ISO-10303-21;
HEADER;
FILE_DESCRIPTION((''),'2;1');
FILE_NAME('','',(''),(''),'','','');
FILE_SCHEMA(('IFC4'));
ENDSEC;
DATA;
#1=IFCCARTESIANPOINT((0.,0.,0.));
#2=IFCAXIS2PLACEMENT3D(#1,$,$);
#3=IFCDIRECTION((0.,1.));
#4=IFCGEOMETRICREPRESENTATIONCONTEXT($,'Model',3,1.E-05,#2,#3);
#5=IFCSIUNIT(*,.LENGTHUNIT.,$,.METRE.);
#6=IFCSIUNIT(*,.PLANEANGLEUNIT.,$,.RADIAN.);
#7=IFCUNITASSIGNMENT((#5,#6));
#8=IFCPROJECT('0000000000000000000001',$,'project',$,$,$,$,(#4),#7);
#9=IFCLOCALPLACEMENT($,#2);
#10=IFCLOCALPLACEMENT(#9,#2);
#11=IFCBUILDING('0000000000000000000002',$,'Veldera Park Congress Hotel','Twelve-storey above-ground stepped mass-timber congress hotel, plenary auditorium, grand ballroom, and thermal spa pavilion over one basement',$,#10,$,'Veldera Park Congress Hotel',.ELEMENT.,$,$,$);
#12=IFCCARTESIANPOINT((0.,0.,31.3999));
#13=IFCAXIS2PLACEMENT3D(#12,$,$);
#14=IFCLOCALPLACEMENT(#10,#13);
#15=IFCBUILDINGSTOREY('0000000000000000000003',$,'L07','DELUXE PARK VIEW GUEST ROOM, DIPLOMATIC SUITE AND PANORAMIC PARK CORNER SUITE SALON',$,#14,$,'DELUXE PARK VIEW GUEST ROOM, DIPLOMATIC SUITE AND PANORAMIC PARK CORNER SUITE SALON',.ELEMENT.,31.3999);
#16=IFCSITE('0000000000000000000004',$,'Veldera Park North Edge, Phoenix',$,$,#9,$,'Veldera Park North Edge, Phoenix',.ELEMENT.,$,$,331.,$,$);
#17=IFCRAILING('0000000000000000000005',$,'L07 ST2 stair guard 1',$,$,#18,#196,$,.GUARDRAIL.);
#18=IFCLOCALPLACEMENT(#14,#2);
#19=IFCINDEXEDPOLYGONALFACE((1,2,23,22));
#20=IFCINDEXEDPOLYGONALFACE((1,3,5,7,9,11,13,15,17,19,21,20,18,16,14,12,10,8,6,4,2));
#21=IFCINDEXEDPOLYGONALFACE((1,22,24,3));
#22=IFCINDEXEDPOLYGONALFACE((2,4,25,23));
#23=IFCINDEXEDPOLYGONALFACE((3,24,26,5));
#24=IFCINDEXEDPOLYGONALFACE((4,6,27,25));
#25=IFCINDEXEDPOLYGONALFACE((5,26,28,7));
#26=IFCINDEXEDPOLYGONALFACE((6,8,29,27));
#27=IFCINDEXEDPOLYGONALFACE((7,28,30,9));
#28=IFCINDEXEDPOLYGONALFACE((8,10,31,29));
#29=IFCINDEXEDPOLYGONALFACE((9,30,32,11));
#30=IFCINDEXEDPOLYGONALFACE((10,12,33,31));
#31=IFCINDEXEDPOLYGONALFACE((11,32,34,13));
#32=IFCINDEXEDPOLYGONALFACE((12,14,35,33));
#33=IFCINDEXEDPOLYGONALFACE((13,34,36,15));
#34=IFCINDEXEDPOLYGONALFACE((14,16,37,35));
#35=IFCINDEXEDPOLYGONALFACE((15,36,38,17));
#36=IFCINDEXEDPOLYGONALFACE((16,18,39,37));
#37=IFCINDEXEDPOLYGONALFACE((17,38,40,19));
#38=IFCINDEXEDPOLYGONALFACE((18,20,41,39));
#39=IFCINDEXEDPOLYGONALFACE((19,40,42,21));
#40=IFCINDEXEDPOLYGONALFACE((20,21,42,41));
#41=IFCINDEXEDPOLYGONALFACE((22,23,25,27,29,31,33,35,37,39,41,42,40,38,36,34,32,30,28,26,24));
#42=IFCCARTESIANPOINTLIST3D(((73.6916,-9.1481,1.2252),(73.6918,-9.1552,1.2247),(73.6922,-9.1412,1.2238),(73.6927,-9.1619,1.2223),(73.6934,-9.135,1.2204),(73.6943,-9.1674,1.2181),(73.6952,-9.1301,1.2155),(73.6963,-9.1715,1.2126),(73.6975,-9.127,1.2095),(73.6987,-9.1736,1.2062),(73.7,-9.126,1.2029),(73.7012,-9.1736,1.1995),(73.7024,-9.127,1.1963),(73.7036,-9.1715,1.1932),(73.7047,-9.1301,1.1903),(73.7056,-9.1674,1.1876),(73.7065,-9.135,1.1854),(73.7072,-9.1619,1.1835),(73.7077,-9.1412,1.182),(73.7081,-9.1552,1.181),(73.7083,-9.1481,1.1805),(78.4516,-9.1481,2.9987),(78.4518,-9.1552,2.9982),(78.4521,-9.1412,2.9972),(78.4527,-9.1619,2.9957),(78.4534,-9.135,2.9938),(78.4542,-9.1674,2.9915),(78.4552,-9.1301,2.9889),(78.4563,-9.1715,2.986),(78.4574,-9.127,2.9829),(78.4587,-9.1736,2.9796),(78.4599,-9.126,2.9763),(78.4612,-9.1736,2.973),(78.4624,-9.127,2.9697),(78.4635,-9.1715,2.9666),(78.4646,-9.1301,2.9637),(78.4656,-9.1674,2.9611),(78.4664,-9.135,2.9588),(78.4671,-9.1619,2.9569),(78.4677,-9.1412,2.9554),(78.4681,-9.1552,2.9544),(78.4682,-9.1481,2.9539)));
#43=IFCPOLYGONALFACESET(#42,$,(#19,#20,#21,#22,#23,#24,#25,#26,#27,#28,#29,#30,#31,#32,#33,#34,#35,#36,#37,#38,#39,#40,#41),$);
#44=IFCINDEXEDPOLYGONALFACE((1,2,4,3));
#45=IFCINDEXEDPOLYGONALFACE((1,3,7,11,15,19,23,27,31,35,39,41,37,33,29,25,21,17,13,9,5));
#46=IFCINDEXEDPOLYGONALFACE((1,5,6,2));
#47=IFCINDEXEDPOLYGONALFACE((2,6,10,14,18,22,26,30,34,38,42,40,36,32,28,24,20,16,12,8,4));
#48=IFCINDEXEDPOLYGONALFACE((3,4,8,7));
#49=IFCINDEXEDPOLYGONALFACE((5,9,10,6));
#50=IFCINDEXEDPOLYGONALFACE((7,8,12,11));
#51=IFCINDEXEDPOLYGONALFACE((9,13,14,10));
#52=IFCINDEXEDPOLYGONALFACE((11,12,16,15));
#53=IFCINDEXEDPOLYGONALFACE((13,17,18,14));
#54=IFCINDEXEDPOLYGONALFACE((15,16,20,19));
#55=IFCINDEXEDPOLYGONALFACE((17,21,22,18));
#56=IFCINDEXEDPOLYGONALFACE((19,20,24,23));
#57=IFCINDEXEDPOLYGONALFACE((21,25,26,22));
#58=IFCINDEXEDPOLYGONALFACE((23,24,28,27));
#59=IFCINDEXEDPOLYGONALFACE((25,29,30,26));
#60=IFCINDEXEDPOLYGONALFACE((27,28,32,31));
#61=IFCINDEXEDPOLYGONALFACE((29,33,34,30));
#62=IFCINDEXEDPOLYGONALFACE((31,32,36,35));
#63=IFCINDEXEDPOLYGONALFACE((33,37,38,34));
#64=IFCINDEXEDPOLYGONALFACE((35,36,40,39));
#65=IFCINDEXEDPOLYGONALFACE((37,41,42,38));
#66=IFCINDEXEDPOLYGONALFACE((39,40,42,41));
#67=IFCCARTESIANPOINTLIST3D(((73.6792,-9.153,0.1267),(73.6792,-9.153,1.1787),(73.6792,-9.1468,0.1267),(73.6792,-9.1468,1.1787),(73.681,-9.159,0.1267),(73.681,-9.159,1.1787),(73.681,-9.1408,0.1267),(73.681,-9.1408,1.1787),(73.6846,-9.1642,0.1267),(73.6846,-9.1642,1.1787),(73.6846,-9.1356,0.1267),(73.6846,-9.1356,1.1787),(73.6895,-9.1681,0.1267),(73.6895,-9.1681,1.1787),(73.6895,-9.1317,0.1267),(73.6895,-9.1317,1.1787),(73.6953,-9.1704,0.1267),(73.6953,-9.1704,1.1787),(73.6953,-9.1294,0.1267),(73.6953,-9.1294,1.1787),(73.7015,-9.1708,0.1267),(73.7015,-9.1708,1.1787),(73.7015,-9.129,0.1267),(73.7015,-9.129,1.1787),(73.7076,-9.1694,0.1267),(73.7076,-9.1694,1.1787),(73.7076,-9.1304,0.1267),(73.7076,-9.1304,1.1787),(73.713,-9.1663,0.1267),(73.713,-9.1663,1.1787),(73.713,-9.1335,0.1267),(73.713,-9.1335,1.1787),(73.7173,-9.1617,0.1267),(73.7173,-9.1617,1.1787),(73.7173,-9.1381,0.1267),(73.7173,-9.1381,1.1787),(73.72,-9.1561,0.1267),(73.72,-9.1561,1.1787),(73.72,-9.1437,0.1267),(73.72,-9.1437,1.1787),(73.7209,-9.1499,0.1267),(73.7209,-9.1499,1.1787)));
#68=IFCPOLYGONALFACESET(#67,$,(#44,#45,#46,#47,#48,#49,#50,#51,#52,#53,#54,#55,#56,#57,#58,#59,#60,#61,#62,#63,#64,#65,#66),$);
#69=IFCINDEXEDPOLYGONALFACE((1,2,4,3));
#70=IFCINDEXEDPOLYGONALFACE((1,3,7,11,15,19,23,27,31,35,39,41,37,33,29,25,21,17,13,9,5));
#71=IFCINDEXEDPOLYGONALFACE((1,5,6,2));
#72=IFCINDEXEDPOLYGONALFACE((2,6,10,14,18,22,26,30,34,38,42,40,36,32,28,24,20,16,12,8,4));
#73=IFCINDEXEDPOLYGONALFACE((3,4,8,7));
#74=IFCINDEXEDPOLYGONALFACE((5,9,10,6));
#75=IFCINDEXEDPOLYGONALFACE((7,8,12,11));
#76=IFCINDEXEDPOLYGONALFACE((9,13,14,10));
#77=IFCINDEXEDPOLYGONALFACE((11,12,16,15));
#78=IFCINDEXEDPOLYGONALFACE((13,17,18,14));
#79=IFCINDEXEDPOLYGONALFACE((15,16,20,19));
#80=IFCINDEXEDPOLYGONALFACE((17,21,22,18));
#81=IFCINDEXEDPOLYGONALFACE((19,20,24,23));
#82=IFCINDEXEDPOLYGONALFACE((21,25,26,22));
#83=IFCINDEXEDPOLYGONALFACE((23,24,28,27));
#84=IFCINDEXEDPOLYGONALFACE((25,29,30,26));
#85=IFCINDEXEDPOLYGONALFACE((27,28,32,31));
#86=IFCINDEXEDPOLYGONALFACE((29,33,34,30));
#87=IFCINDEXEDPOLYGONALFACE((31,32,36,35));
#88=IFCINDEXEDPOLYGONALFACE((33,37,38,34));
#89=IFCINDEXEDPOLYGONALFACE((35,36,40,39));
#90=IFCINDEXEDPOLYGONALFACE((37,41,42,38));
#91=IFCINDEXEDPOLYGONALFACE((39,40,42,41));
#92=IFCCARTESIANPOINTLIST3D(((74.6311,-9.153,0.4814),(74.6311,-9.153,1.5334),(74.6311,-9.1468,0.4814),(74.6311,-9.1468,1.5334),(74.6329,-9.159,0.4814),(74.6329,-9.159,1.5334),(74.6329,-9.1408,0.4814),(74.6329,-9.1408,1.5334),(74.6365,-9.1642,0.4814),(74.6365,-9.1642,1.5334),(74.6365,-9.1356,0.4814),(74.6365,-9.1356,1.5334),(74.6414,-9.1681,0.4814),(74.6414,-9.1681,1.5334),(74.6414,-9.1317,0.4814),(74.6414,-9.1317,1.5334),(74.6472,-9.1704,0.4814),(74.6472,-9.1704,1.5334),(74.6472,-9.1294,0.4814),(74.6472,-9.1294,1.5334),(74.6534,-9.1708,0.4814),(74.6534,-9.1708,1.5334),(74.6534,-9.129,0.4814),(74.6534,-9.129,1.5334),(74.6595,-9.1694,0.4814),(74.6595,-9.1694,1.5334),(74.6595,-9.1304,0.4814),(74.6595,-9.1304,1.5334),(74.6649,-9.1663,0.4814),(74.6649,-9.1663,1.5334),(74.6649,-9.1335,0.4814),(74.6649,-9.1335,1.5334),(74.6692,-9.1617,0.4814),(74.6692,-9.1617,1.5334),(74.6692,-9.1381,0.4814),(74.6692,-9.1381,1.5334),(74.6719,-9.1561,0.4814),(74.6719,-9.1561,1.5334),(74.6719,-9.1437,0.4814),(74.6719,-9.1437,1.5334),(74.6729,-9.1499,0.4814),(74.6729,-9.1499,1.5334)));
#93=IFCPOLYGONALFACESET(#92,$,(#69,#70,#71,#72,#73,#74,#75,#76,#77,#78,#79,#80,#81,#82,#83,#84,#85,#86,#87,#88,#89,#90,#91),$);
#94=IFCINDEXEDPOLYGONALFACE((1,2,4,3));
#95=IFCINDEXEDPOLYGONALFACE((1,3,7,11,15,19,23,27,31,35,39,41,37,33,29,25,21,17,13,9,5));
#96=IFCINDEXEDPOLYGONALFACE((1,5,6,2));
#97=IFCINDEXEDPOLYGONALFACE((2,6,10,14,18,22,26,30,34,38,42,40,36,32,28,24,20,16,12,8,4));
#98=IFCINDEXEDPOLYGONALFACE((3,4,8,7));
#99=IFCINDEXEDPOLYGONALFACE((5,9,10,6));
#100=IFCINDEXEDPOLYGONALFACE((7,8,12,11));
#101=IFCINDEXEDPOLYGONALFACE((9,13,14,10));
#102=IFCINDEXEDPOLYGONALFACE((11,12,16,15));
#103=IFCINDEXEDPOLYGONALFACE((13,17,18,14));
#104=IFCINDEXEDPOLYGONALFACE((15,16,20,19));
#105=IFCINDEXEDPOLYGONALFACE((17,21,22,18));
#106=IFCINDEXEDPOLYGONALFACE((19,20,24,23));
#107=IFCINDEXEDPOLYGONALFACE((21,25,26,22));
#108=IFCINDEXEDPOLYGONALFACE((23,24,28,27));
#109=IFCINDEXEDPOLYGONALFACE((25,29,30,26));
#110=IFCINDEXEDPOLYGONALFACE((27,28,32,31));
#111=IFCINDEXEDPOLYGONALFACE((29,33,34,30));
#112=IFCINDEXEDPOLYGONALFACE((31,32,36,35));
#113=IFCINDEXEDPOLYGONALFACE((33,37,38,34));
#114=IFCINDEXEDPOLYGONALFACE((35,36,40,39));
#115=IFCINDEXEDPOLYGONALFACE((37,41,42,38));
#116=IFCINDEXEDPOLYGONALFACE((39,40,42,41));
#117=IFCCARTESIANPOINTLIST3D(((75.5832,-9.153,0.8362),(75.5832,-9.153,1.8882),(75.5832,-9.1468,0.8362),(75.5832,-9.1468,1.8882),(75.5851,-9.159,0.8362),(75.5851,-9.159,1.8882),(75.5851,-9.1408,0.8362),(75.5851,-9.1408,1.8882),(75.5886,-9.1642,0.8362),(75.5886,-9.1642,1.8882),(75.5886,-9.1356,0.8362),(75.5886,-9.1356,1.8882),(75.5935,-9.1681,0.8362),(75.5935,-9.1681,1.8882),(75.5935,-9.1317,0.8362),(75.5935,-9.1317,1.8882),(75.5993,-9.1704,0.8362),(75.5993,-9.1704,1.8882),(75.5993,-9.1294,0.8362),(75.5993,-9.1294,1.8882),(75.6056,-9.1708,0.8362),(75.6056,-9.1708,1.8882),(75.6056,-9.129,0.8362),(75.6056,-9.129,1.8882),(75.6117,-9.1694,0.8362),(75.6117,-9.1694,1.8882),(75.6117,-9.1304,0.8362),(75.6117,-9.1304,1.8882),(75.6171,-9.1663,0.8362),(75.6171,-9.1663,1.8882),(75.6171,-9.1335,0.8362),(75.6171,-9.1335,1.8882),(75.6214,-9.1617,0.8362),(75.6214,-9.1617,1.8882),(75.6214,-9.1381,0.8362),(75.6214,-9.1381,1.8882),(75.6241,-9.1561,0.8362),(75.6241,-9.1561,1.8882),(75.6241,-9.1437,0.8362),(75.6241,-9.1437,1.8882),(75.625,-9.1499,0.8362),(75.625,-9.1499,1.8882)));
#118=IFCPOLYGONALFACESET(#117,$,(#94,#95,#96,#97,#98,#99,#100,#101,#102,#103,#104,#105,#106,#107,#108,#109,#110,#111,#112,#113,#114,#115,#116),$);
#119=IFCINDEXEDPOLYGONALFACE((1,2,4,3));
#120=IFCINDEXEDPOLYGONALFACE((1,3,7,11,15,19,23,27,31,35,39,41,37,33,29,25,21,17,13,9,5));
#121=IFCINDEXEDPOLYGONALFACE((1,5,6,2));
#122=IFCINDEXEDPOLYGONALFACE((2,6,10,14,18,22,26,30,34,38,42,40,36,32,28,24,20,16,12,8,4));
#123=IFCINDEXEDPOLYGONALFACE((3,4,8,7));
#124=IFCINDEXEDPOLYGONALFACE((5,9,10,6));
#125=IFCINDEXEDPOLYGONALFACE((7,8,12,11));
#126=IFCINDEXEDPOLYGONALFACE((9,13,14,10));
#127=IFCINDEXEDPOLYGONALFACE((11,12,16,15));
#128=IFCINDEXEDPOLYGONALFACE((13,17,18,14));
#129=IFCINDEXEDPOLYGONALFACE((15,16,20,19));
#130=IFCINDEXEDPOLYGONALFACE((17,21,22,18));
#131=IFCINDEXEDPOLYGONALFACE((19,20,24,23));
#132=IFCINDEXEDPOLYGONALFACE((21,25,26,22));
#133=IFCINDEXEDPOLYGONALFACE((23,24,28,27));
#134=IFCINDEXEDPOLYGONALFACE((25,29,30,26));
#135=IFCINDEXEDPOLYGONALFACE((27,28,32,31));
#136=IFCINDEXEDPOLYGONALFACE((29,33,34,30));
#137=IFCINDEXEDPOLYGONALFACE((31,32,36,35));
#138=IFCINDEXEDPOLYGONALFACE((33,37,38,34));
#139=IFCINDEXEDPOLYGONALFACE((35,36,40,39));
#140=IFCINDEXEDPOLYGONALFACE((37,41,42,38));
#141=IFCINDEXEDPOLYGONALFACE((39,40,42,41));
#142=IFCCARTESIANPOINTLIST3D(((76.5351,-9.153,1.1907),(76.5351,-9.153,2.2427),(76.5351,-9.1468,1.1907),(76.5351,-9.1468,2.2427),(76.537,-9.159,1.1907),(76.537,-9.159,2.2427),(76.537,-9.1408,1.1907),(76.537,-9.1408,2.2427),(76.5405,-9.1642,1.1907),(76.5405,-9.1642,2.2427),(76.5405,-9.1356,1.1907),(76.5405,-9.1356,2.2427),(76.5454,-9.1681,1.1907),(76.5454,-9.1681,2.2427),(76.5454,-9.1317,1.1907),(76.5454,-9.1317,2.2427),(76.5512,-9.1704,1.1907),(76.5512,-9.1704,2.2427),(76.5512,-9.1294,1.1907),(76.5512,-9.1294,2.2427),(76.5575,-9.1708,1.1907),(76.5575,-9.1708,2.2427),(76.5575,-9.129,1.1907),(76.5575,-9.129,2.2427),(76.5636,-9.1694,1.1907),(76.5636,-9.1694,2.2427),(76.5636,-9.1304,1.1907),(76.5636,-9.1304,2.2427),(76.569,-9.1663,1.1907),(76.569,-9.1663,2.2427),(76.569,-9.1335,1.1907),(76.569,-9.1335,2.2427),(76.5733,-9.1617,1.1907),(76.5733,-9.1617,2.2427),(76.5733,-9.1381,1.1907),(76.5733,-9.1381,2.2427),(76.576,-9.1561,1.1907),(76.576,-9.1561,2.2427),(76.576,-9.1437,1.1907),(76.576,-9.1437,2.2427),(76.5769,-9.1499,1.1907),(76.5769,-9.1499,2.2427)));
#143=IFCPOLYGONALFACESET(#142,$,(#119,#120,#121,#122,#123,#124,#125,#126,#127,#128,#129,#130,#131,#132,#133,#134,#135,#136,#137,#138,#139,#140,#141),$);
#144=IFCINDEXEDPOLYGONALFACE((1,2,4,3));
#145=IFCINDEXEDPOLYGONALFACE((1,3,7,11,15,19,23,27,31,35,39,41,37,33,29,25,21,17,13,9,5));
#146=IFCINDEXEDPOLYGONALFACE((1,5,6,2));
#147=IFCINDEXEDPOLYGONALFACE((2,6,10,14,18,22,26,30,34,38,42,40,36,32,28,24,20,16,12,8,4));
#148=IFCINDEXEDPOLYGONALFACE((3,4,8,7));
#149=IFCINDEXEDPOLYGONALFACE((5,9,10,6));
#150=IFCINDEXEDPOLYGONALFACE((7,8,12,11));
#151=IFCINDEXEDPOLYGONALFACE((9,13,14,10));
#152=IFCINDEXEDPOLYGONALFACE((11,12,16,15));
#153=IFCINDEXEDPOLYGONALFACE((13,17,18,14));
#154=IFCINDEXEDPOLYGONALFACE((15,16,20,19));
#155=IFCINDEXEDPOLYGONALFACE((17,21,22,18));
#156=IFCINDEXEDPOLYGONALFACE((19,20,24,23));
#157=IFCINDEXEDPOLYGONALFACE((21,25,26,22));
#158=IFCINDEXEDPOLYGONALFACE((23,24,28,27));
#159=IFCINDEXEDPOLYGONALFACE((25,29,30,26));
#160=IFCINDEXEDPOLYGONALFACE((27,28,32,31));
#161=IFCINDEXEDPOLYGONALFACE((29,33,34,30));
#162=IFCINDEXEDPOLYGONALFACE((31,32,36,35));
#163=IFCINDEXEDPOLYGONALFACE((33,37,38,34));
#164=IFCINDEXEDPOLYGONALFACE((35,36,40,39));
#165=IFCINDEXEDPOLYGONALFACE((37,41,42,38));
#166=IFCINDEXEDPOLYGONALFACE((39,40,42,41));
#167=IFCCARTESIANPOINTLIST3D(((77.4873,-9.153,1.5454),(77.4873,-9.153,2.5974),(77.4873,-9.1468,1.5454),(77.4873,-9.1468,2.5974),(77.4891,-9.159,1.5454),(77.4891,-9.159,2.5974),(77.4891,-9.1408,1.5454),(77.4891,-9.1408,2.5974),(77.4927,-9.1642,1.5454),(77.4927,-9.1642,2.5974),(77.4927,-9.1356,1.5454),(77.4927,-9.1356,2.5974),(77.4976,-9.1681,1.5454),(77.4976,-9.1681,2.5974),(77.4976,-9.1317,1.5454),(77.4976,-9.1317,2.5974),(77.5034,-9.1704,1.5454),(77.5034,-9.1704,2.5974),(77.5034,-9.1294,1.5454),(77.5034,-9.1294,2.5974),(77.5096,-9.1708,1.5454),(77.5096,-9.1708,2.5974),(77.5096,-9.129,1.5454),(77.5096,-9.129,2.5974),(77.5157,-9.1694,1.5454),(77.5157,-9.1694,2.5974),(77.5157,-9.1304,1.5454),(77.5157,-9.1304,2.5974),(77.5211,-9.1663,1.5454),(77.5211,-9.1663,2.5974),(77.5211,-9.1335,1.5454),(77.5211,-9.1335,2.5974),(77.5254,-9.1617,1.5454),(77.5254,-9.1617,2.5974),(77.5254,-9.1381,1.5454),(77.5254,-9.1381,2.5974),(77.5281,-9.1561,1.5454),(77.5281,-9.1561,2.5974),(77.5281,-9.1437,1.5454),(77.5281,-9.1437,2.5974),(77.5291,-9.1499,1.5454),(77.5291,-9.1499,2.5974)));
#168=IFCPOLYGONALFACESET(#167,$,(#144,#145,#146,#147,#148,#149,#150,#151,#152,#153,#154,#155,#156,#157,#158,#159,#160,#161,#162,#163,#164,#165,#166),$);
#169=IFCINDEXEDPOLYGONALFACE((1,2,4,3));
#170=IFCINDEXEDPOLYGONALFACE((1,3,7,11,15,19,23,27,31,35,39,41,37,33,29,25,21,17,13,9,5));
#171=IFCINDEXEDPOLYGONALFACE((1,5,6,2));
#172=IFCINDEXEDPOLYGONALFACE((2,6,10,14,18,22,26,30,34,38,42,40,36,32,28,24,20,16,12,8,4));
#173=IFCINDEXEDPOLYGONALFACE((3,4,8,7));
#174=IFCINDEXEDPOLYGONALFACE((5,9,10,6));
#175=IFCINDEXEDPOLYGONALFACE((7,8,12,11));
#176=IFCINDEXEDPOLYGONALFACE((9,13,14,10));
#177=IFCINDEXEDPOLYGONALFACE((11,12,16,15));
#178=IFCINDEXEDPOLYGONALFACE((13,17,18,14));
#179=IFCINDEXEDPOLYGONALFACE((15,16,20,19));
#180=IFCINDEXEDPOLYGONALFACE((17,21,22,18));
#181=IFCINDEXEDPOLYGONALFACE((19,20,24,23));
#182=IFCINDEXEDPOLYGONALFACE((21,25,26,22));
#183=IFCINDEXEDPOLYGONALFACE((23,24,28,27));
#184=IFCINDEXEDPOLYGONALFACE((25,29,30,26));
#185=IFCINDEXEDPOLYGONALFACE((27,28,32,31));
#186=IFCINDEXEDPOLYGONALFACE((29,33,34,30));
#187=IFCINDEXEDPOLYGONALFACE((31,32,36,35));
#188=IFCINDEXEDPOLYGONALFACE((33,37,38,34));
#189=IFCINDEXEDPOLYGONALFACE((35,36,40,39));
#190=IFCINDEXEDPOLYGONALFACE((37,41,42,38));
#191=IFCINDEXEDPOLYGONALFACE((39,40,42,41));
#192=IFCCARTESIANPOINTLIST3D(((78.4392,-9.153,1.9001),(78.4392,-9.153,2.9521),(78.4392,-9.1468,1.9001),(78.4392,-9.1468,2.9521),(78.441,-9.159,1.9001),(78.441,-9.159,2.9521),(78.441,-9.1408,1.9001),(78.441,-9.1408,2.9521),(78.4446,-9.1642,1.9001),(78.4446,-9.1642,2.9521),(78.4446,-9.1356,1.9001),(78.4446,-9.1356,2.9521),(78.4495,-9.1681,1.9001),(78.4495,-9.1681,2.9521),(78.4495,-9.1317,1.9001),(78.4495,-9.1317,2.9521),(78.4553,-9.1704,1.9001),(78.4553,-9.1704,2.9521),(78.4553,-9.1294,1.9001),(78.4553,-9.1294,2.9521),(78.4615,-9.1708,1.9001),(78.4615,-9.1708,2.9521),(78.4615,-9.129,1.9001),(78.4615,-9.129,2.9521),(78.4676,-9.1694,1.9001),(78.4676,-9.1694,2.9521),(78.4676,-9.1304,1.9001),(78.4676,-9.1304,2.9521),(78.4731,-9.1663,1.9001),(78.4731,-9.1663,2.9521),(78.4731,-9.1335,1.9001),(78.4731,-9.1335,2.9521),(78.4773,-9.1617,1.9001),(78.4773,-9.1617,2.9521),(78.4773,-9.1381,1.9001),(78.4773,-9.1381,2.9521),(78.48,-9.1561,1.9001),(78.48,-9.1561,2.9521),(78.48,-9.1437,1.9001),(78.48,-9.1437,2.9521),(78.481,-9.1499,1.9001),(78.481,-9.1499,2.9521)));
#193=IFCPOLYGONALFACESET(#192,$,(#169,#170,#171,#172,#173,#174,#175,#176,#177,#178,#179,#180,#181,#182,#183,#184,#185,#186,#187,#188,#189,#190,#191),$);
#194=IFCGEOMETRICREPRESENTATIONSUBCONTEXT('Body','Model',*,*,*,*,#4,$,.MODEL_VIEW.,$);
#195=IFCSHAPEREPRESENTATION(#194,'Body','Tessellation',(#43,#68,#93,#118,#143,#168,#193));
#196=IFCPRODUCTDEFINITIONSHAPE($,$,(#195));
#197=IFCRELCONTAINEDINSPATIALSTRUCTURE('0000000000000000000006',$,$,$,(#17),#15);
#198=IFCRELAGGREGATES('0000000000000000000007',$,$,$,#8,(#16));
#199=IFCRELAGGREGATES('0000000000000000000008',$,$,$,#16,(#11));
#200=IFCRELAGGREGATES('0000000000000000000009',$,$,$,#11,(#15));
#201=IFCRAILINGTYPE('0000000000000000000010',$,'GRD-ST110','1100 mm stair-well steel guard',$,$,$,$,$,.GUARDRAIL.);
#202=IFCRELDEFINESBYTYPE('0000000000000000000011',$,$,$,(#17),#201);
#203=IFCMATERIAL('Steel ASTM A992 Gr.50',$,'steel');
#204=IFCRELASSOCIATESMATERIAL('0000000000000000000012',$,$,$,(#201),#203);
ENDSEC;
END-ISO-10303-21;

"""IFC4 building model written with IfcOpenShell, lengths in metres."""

from ifc_helpers import new_model, si_unit, direction, frame, origin, origin_2d, place, context, subcontext, project, spatial, circle, extrude, material, type_object, element, save


model = new_model("IFC4")

# Units and contexts
model_context = context("Model", 3, precision=1e-05, world=origin(), true_north=direction((0.0, 1.0)))
body_context = subcontext(model_context, "Body", "Model", "MODEL_VIEW")
ifc_project = project(units=[si_unit("LENGTHUNIT", "METRE"), si_unit("PLANEANGLEUNIT", "RADIAN")], contexts=[model_context])

# Site, building, storey
site_placement = place(None, origin())
site = spatial("IfcSite", under=ifc_project, at=site_placement, Name="Veldera Park North Edge, Phoenix", LongName="Veldera Park North Edge, Phoenix", CompositionType="ELEMENT", RefElevation=331.0)
building_placement = place(site_placement, origin())
building = spatial("IfcBuilding", under=site, at=building_placement, Name="Veldera Park Congress Hotel", Description="Twelve-storey above-ground stepped mass-timber congress hotel, plenary auditorium, grand ballroom, and thermal spa pavilion over one basement", LongName="Veldera Park Congress Hotel", CompositionType="ELEMENT")
storey_placement = place(building_placement, frame((0.0, 0.0, 31.3999)))
storey = spatial("IfcBuildingStorey", under=building, at=storey_placement, Name="L07", Description="DELUXE PARK VIEW GUEST ROOM, DIPLOMATIC SUITE AND PANORAMIC PARK CORNER SUITE SALON", LongName="DELUXE PARK VIEW GUEST ROOM, DIPLOMATIC SUITE AND PANORAMIC PARK CORNER SUITE SALON", CompositionType="ELEMENT", Elevation=31.3999)

# Railing
ifc_material_1 = material(Name="Steel ASTM A992 Gr.50", Category="steel")
railing_type_1 = type_object("IfcRailingType", Name="GRD-ST110", Description="1100 mm stair-well steel guard", PredefinedType="GUARDRAIL", material=ifc_material_1)
railing_1_placement = place(storey_placement, frame((73.7, -9.1499, 0.1267)))
element("IfcRailing", 1, at=railing_1_placement, inside=storey, type_object=railing_type_1, Name="L07 ST2 stair guard 1", PredefinedType="GUARDRAIL", context=body_context, shape_type="SweptSolid", body=[
    extrude(circle(Radius=0.0239, at=origin_2d()), frame((0.0, 0.0, 1.0762), z_axis=(0.937076, 0.0, 0.349126), x_axis=(0.0, 1.0, 0.0)), (0.0, 0.0, 1.0), 5.0796),
    extrude(circle(Radius=0.021, at=origin_2d()), origin(), (0.0, 0.0, 1.0), 1.052),
    extrude(circle(Radius=0.021, at=origin_2d()), frame((0.9519, 0.0, 0.3547)), (0.0, 0.0, 1.0), 1.052),
    extrude(circle(Radius=0.021, at=origin_2d()), frame((1.9041, 0.0, 0.7095)), (0.0, 0.0, 1.0), 1.052),
    extrude(circle(Radius=0.021, at=origin_2d()), frame((2.856, 0.0, 1.064)), (0.0, 0.0, 1.0), 1.052),
    extrude(circle(Radius=0.021, at=origin_2d()), frame((3.8081, 0.0, 1.4187)), (0.0, 0.0, 1.0), 1.052),
    extrude(circle(Radius=0.021, at=origin_2d()), frame((4.76, 0.0, 1.7734)), (0.0, 0.0, 1.0), 1.052),
])

save(model, "model.ifc")
